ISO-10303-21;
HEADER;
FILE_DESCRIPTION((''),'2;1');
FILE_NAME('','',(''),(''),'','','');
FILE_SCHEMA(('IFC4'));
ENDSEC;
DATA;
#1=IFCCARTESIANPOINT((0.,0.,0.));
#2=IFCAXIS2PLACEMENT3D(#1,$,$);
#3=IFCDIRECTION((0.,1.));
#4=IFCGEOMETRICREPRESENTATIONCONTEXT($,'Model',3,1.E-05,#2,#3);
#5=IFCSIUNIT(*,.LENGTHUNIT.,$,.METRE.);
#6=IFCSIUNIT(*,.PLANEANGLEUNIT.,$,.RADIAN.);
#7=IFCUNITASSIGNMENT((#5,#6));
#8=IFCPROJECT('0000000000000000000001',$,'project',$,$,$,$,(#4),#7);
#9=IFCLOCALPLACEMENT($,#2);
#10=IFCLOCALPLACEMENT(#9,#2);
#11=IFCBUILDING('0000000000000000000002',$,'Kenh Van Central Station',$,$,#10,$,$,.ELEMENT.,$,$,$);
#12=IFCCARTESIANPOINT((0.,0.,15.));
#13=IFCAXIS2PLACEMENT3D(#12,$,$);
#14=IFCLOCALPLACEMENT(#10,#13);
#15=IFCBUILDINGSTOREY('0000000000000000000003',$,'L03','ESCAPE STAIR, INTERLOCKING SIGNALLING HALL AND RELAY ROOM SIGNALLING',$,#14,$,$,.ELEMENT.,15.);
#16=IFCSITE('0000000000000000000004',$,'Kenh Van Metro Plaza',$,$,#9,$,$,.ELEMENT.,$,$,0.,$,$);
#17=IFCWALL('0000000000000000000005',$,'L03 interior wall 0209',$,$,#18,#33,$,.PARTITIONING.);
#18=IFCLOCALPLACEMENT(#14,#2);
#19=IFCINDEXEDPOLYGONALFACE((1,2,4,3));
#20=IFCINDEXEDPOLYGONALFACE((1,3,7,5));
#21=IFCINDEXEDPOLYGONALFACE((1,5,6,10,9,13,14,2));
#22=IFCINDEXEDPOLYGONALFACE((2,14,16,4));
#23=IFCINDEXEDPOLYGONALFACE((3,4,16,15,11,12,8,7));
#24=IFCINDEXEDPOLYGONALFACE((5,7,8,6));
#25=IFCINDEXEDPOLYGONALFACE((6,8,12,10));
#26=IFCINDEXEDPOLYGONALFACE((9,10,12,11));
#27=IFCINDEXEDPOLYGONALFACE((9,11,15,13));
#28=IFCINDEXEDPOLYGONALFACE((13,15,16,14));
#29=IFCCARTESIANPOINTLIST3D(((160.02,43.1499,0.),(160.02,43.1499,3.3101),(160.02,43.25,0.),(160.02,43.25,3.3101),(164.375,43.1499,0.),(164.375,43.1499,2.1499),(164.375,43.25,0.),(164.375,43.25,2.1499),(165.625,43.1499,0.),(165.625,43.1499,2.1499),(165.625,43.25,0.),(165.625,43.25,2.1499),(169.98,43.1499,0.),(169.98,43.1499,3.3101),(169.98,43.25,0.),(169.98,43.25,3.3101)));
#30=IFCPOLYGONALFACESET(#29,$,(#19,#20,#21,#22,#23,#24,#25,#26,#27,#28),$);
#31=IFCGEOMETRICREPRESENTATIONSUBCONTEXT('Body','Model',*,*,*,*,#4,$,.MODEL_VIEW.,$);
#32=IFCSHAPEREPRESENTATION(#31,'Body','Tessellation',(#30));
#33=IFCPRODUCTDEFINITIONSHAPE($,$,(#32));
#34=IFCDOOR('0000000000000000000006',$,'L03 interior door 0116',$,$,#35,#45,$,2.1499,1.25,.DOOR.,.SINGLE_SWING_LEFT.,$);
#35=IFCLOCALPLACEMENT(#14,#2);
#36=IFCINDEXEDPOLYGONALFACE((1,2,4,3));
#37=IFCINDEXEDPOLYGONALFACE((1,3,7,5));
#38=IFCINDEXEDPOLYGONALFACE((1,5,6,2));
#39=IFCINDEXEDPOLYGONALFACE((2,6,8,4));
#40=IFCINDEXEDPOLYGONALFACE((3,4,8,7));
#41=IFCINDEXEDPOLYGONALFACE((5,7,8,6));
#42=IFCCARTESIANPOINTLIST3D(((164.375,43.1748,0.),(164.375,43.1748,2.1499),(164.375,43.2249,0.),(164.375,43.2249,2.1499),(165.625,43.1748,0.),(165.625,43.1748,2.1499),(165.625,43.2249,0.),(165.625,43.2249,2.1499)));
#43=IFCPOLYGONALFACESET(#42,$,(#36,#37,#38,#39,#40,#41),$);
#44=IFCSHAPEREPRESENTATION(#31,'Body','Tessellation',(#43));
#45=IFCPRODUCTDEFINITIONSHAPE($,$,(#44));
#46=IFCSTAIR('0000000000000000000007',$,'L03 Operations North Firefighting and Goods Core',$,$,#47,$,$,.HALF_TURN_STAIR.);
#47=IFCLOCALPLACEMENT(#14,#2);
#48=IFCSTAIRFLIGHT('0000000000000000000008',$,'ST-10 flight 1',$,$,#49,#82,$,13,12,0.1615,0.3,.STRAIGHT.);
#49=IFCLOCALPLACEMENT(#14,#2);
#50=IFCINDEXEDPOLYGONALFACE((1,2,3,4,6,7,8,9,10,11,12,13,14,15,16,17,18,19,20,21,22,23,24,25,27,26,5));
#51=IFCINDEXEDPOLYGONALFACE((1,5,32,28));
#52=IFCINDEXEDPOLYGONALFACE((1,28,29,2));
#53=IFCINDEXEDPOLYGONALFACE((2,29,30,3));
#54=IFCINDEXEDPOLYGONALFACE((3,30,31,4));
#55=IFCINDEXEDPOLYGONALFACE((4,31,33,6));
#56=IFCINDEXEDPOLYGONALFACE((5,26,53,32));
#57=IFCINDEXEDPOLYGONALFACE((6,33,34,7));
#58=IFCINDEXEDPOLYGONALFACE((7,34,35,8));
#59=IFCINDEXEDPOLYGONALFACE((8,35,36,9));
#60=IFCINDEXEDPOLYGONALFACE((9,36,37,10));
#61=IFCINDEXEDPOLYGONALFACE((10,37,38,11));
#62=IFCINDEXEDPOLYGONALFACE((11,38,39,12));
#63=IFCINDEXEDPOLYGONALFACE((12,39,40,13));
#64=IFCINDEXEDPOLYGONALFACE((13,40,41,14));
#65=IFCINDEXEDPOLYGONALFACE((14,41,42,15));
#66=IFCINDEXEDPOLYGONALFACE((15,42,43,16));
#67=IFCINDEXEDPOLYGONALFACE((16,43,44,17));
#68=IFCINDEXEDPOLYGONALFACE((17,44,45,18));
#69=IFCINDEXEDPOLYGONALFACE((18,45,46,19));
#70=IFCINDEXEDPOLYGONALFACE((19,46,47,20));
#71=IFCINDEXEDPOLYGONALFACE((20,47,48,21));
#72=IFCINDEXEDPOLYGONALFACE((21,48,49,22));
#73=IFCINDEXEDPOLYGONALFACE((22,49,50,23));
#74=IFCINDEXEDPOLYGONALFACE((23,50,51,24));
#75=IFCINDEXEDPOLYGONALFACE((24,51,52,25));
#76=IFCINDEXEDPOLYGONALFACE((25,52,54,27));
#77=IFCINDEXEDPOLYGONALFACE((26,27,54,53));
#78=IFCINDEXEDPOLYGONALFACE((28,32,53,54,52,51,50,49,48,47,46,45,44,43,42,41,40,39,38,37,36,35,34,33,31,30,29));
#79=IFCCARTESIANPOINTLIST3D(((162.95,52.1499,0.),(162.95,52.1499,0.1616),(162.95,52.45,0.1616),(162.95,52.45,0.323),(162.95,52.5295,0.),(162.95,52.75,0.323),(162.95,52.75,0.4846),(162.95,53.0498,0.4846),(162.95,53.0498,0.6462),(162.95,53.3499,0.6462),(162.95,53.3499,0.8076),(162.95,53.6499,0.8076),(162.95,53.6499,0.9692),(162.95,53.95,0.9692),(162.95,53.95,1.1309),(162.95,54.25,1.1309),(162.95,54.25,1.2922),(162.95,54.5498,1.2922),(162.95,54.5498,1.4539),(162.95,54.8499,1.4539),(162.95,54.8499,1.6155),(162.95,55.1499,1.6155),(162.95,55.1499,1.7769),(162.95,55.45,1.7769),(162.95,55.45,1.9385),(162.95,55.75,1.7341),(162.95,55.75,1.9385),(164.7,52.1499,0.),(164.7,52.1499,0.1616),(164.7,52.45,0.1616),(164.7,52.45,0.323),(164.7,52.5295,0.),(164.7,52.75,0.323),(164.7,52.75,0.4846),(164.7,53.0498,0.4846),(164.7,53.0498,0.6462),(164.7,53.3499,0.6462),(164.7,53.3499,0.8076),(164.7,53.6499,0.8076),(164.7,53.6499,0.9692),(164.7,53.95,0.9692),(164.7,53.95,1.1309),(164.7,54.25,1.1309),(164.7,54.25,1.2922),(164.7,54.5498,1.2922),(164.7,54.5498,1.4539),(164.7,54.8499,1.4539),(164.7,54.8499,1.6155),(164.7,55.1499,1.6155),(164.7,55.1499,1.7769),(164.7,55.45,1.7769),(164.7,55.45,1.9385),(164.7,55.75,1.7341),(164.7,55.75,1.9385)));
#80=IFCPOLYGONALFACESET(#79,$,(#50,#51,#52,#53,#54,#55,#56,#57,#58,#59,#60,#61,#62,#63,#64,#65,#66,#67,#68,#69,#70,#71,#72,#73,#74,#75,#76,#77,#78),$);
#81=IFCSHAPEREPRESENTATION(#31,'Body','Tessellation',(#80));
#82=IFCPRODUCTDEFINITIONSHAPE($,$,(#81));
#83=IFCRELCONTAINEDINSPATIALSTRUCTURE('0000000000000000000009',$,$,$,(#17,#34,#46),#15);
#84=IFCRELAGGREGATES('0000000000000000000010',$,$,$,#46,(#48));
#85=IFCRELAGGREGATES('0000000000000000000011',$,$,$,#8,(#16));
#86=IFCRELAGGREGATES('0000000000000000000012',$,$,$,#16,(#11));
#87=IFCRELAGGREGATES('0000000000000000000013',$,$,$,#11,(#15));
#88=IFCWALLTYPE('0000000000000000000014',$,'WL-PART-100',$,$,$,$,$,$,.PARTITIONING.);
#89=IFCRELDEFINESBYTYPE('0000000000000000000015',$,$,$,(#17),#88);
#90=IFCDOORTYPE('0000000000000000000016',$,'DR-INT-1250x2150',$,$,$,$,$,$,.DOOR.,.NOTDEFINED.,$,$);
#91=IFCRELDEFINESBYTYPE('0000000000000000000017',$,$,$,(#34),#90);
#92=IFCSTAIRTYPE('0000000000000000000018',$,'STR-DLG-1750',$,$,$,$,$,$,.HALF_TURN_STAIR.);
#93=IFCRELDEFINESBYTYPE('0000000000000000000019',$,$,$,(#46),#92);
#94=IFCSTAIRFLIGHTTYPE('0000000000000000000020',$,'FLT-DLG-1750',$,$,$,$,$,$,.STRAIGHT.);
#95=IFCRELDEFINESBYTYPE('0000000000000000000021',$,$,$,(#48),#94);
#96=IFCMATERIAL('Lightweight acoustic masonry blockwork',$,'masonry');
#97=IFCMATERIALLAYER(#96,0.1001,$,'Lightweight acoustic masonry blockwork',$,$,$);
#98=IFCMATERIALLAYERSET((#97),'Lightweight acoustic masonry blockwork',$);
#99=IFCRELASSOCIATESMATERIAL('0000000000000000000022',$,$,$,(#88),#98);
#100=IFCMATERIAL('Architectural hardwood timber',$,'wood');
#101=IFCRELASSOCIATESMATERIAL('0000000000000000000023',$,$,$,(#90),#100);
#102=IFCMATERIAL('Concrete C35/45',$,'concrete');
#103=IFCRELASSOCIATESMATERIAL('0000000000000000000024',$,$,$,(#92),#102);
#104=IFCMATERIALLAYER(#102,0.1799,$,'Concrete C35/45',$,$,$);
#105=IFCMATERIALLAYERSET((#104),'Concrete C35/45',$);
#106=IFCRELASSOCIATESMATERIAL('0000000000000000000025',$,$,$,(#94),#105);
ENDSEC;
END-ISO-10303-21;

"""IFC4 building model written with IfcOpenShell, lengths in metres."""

from ifc_helpers import new_model, si_unit, direction, frame, frame_2d, origin, place, context, subcontext, project, spatial, polyline, rectangle, outline, extrude, material, layer, layer_set, type_object, element, fill, aggregate, save


model = new_model("IFC4")

# Units and contexts
model_context = context("Model", 3, precision=1e-05, world=origin(), true_north=direction((0.0, 1.0)))
body_context = subcontext(model_context, "Body", "Model", "MODEL_VIEW")
ifc_project = project(units=[si_unit("LENGTHUNIT", "METRE"), si_unit("PLANEANGLEUNIT", "RADIAN")], contexts=[model_context])

# Site, building, storey
site_placement = place(None, origin())
site = spatial("IfcSite", under=ifc_project, at=site_placement, Name="Kenh Van Metro Plaza", CompositionType="ELEMENT", RefElevation=0.0)
building_placement = place(site_placement, origin())
building = spatial("IfcBuilding", under=site, at=building_placement, Name="Kenh Van Central Station", CompositionType="ELEMENT")
storey_placement = place(building_placement, frame((0.0, 0.0, 15.0)))
storey = spatial("IfcBuildingStorey", under=building, at=storey_placement, Name="L03", Description="ESCAPE STAIR, INTERLOCKING SIGNALLING HALL AND RELAY ROOM SIGNALLING", CompositionType="ELEMENT", Elevation=15.0)

# Shared definitions
ifc_material_1 = material(Name="Concrete C35/45", Category="concrete")

# Wall, opening, door
ifc_material_2 = material(Name="Lightweight acoustic masonry blockwork", Category="masonry")
ifc_layer_1 = layer(ifc_material_2, 0.1001, Name="Lightweight acoustic masonry blockwork")
ifc_layer_set_1 = layer_set([ifc_layer_1], Name="Lightweight acoustic masonry blockwork")
wall_type_1 = type_object("IfcWallType", Name="WL-PART-100", PredefinedType="PARTITIONING", material=ifc_layer_set_1)
wall_1_placement = place(storey_placement, frame((160.02, 43.2, 0.0), z_axis=(0.0, 0.0, 1.0), x_axis=(1.0, 0.0, 0.0)))
wall_1 = element("IfcWall", 1, at=wall_1_placement, inside=storey, type_object=wall_type_1, Name="L03 interior wall 0209", PredefinedType="PARTITIONING", context=body_context, shape_type="SweptSolid", body=[
    extrude(rectangle(XDim=9.96, YDim=0.1001, at=frame_2d((4.98, 0.0))), origin(), (0.0, 0.0, 1.0), 3.3101),
])
opening_1_placement = place(wall_1_placement, frame((4.355, 0.0, 0.0)))
opening_1 = element("IfcOpeningElement", 2, at=opening_1_placement, cuts=wall_1, PredefinedType="OPENING", context=body_context, shape_type="SweptSolid", body=[
    extrude(rectangle(XDim=1.25, YDim=2.1499, at=frame_2d((0.625, 1.075))), frame((0.0, 0.0601, 0.0), z_axis=(0.0, -1.0, 0.0), x_axis=(1.0, 0.0, 0.0)), (0.0, 0.0, 1.0), 0.1201),
])
ifc_material_3 = material(Name="Architectural hardwood timber", Category="wood")
door_type_1 = type_object("IfcDoorType", Name="DR-INT-1250x2150", OperationType="NOTDEFINED", PredefinedType="DOOR", material=ifc_material_3)
door_1_placement = place(opening_1_placement, origin())
door_1 = element("IfcDoor", 3, at=door_1_placement, inside=storey, type_object=door_type_1, Name="L03 interior door 0116", OperationType="SINGLE_SWING_LEFT", OverallHeight=2.1499, OverallWidth=1.25, PredefinedType="DOOR", context=body_context, shape_type="SweptSolid", body=[
    extrude(rectangle(XDim=1.25, YDim=2.1499, at=frame_2d((0.625, 1.075))), frame((0.0, 0.0249, 0.0), z_axis=(0.0, -1.0, 0.0), x_axis=(1.0, 0.0, 0.0)), (0.0, 0.0, 1.0), 0.05),
])
fill(opening_1, door_1)

# Stair, stair flight
stair_type = type_object("IfcStairType", Name="STR-DLG-1750", PredefinedType="HALF_TURN_STAIR", material=ifc_material_1)
stair_placement = place(storey_placement, origin())
stair = element("IfcStair", 4, at=stair_placement, inside=storey, type_object=stair_type, Name="L03 Operations North Firefighting and Goods Core", PredefinedType="HALF_TURN_STAIR")
ifc_layer_2 = layer(ifc_material_1, 0.1799, Name="Concrete C35/45")
ifc_layer_set_2 = layer_set([ifc_layer_2], Name="Concrete C35/45")
stair_flight_type = type_object("IfcStairFlightType", Name="FLT-DLG-1750", PredefinedType="STRAIGHT", material=ifc_layer_set_2)
stair_flight_placement = place(storey_placement, frame((163.825, 52.1499, 0.0), z_axis=(0.0, 0.0, 1.0), x_axis=(0.0, 1.0, 0.0)))
stair_flight = element("IfcStairFlight", 5, at=stair_flight_placement, type_object=stair_flight_type, Name="ST-10 flight 1", NumberOfRisers=13, NumberOfTreads=12, PredefinedType="STRAIGHT", RiserHeight=0.1615, TreadLength=0.3, context=body_context, shape_type="SweptSolid", body=[
    extrude(outline(polyline([(0.0, 0.0), (0.0, 0.1616), (0.3, 0.1616), (0.3, 0.323), (0.6001, 0.323), (0.6001, 0.4846), (0.8999, 0.4846), (0.8999, 0.6462), (1.2, 0.6462), (1.2, 0.8076), (1.5, 0.8076), (1.5, 0.9692), (1.8, 0.9692), (1.8, 1.1309), (2.1001, 1.1309), (2.1001, 1.2922), (2.3999, 1.2922), (2.3999, 1.4539), (2.7, 1.4539), (2.7, 1.6155), (3.0, 1.6155), (3.0, 1.7769), (3.3, 1.7769), (3.3, 1.9385), (3.6001, 1.9385), (3.6001, 2.1001), (3.6001, 1.7341), (0.3796, 0.0), (0.0, 0.0)])), frame((0.0, 0.875, 0.0), z_axis=(0.0, -1.0, 0.0), x_axis=(1.0, 0.0, 0.0)), (0.0, 0.0, 1.0), 1.75),
])
aggregate(stair, [stair_flight])

save(model, "model.ifc")
